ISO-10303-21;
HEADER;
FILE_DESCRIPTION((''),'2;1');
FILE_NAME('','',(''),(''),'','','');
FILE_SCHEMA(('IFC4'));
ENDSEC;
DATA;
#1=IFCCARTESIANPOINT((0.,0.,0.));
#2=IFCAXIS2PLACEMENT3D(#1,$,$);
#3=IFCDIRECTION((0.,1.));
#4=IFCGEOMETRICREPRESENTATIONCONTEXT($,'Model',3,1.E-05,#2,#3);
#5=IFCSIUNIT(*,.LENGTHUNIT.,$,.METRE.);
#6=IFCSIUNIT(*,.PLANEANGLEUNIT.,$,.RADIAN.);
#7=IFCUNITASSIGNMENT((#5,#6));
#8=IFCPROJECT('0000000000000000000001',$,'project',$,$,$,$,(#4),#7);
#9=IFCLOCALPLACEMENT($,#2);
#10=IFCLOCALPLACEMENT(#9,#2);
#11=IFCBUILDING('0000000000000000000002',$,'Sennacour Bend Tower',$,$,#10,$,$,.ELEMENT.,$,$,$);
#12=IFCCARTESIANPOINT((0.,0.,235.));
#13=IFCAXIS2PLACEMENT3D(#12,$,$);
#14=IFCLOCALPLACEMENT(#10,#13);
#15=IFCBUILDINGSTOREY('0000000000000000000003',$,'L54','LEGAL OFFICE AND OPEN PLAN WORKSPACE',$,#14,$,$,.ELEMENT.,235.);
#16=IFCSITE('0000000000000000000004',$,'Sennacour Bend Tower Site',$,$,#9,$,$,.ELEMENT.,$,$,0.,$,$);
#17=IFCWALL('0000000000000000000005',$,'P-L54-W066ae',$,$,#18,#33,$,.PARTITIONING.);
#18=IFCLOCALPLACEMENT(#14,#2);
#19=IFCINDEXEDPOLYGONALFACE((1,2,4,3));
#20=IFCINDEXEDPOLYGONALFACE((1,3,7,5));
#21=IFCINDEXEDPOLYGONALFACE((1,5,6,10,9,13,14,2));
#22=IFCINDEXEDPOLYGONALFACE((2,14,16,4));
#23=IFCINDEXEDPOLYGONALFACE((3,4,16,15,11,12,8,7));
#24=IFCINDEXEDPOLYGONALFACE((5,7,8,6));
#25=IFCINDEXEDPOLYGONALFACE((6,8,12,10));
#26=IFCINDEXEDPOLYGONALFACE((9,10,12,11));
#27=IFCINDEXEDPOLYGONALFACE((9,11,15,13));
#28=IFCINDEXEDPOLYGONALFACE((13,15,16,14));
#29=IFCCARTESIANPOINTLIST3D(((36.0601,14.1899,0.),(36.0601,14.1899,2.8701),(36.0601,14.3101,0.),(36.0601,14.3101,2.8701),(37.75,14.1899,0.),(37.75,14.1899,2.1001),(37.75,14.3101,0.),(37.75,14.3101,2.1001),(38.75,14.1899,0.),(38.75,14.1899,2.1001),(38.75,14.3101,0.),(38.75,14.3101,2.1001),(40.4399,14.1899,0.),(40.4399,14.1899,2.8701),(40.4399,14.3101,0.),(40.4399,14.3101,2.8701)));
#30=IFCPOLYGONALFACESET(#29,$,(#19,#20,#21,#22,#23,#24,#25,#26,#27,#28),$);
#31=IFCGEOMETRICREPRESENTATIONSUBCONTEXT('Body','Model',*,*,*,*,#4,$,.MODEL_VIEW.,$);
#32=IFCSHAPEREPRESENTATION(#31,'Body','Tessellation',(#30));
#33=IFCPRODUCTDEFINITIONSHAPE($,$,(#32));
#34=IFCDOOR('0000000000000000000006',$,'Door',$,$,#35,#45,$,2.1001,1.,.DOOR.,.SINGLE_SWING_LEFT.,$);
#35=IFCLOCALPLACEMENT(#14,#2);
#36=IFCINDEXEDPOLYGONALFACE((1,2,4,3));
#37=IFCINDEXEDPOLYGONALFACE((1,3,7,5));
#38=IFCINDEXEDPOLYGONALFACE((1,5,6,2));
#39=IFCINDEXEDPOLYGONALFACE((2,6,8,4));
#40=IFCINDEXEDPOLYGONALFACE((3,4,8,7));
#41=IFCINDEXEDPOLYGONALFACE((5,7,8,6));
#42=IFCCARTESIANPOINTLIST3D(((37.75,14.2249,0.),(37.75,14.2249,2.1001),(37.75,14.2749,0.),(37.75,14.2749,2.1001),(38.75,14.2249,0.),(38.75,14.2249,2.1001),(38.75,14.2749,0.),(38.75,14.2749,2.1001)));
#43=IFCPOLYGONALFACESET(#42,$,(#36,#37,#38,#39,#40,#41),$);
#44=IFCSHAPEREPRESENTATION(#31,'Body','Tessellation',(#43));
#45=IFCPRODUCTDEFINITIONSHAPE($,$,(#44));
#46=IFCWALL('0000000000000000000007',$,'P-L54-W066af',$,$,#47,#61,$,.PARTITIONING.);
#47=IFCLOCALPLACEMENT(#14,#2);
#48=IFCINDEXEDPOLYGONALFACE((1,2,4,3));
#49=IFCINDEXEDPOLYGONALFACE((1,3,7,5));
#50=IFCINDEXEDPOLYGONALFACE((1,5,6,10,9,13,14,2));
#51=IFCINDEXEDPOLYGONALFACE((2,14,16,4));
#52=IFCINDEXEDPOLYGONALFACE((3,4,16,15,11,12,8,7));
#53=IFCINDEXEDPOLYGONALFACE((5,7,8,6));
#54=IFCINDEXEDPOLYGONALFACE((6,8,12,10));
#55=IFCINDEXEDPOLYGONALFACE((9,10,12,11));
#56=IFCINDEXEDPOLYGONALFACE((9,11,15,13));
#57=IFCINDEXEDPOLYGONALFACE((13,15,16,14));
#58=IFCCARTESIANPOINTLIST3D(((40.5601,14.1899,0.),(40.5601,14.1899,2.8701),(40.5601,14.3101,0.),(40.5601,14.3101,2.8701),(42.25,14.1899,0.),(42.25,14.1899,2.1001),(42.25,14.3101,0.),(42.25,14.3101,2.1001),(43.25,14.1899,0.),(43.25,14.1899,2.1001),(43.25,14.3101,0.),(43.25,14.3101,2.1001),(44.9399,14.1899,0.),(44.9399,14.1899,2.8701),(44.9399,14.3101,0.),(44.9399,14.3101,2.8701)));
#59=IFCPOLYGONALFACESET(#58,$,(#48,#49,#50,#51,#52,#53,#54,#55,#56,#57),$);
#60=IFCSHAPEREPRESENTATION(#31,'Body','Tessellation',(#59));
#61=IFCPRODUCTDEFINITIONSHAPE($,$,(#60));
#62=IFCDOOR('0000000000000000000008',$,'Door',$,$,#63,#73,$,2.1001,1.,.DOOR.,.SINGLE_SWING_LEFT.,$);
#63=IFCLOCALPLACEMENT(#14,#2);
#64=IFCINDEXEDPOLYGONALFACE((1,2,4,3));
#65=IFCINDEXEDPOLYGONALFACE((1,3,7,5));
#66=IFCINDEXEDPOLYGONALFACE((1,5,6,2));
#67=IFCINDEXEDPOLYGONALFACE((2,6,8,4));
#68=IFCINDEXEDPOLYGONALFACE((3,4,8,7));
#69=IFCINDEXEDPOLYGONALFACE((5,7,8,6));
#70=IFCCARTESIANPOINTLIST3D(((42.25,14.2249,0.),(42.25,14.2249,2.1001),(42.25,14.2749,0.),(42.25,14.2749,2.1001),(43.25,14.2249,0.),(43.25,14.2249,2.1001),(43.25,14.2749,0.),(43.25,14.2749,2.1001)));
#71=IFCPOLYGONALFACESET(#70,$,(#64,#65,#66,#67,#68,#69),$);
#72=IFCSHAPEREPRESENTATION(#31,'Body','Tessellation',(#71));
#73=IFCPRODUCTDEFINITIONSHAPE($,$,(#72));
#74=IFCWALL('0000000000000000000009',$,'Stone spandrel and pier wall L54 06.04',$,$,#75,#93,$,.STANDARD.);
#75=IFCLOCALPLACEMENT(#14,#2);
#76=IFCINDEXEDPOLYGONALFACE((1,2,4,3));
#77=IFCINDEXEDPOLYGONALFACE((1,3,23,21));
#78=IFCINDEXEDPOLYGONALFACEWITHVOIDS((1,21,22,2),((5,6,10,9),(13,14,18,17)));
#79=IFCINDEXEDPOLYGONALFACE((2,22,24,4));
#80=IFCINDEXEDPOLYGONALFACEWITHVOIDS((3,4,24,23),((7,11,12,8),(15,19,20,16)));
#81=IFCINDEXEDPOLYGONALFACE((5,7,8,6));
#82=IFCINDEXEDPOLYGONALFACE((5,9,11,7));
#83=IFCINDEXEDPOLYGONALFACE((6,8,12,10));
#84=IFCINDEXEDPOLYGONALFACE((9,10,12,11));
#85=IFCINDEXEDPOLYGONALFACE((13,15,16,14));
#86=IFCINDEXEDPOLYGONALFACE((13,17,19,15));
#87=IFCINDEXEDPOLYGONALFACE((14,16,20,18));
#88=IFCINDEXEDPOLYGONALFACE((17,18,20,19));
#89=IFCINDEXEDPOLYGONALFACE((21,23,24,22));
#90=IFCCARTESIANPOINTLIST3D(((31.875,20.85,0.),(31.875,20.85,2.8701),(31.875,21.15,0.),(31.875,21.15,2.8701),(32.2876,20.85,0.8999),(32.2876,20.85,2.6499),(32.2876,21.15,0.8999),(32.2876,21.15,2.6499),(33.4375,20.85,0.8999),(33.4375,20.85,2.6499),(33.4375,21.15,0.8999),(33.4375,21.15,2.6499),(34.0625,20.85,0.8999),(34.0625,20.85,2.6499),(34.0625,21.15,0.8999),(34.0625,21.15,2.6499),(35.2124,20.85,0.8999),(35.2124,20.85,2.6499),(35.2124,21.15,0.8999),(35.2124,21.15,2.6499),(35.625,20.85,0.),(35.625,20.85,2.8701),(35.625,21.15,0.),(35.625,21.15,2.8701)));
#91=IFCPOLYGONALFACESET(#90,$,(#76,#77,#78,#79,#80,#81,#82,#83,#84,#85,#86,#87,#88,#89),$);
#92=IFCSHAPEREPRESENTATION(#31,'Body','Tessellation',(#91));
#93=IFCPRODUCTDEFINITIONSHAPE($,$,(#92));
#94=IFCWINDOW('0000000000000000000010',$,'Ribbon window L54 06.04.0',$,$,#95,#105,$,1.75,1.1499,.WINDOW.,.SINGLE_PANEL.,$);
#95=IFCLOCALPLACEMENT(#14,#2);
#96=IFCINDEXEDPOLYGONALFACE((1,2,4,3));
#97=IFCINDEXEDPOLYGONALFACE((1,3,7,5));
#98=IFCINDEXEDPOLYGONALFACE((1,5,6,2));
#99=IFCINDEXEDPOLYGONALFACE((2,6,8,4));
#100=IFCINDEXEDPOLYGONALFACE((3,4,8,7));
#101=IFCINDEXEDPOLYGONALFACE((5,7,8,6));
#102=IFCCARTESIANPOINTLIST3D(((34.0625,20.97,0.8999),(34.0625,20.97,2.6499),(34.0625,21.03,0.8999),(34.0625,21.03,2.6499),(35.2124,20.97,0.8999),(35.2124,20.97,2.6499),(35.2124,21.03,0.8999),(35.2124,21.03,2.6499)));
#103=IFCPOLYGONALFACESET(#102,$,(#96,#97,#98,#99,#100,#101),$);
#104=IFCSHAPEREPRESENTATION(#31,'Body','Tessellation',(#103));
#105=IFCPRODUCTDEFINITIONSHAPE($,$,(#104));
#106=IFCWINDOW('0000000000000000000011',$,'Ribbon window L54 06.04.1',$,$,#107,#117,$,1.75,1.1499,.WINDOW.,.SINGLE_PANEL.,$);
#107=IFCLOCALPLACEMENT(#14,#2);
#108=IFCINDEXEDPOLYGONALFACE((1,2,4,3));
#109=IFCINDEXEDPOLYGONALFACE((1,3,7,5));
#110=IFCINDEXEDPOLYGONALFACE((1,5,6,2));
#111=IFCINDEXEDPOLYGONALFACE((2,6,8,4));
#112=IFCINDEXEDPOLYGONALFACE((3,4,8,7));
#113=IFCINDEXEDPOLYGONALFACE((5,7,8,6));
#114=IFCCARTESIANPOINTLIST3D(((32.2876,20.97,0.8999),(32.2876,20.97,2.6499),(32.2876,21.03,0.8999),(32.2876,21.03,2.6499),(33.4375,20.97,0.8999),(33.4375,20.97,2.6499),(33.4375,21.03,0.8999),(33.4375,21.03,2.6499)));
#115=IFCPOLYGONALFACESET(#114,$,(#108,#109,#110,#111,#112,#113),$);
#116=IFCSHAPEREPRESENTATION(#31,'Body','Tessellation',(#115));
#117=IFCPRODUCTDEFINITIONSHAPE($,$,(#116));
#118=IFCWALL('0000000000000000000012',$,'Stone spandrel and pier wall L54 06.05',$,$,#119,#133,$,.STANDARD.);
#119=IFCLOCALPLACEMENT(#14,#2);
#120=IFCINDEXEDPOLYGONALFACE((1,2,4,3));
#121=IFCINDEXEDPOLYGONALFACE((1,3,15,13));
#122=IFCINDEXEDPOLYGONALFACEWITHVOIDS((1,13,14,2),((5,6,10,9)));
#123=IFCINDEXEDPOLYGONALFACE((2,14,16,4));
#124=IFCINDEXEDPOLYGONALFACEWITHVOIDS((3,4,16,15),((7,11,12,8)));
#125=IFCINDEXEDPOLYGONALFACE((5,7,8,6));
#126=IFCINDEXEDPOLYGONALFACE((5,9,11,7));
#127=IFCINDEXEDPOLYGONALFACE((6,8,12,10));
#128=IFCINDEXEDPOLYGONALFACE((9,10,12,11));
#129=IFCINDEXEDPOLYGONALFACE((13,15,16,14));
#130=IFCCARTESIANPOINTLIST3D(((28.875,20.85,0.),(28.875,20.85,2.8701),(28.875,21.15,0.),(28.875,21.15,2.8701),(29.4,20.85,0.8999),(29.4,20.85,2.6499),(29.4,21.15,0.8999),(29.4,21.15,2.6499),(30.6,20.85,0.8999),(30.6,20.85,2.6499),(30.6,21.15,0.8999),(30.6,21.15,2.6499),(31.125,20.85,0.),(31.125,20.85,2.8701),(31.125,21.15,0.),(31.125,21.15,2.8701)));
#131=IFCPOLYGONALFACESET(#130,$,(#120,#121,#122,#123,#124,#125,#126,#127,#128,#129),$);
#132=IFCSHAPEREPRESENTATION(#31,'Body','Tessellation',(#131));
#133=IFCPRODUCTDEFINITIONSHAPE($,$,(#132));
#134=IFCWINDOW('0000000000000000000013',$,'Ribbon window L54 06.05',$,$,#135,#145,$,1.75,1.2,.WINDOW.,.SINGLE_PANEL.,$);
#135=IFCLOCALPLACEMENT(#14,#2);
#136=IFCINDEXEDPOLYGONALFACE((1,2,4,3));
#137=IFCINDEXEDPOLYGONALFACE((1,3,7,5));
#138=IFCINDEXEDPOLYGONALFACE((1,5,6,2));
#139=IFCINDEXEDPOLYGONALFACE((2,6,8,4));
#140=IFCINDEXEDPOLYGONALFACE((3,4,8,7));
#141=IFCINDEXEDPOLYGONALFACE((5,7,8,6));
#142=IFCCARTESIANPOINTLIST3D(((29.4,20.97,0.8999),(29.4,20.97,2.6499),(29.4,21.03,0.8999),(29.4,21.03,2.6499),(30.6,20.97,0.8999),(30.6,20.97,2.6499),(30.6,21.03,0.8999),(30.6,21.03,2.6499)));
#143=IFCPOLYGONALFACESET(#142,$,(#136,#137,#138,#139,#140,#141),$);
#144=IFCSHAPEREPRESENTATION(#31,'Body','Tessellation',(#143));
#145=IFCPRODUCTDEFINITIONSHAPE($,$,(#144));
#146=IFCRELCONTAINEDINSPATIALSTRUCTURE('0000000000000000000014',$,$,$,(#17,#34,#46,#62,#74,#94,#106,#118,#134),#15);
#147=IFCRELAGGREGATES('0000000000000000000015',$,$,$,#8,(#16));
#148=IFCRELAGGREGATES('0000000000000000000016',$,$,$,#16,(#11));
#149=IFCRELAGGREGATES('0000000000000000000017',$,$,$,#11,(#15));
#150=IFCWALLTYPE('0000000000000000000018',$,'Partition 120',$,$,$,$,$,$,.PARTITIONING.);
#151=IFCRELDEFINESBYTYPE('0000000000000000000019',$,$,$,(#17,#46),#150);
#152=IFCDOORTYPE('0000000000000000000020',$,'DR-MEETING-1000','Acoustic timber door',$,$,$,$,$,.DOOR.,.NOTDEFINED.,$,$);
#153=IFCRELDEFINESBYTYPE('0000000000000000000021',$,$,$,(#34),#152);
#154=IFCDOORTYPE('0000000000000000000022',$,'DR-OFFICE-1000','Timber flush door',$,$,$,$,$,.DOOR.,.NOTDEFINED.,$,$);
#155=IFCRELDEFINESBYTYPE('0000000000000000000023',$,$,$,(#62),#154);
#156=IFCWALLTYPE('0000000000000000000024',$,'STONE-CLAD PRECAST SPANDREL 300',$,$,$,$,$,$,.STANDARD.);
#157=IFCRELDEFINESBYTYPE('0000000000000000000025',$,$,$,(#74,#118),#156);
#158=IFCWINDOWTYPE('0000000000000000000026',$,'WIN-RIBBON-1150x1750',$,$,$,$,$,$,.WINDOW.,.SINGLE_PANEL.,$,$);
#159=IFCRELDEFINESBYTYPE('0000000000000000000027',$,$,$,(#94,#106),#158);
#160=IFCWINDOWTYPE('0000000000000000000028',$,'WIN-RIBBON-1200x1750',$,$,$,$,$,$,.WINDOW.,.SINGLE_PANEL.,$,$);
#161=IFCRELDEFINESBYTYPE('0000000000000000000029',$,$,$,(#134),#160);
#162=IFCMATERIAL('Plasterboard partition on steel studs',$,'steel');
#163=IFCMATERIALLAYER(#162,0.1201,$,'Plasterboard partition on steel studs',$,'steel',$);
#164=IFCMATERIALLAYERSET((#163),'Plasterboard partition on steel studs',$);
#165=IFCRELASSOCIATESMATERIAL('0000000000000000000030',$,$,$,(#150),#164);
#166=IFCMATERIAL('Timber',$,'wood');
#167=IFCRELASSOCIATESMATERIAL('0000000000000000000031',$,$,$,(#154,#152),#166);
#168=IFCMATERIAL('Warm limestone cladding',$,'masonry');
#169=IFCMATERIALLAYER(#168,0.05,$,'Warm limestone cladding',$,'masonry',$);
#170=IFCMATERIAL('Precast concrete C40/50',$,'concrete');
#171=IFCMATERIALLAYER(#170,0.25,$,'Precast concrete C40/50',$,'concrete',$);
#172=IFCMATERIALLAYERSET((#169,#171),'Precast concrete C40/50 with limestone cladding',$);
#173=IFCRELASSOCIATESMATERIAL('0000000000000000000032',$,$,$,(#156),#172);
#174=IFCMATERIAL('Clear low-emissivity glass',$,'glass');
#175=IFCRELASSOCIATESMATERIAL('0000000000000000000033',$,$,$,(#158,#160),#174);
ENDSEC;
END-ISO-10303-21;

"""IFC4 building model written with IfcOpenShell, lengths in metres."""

from ifc_helpers import new_model, si_unit, direction, frame, frame_2d, origin, place, context, subcontext, project, spatial, rectangle, extrude, material, layer, layer_set, type_object, element, fill, save


model = new_model("IFC4")

# Units and contexts
model_context = context("Model", 3, precision=1e-05, world=origin(), true_north=direction((0.0, 1.0)))
body_context = subcontext(model_context, "Body", "Model", "MODEL_VIEW")
ifc_project = project(units=[si_unit("LENGTHUNIT", "METRE"), si_unit("PLANEANGLEUNIT", "RADIAN")], contexts=[model_context])

# Site, building, storey
site_placement = place(None, origin())
site = spatial("IfcSite", under=ifc_project, at=site_placement, Name="Sennacour Bend Tower Site", CompositionType="ELEMENT", RefElevation=0.0)
building_placement = place(site_placement, origin())
building = spatial("IfcBuilding", under=site, at=building_placement, Name="Sennacour Bend Tower", CompositionType="ELEMENT")
storey_placement = place(building_placement, frame((0.0, 0.0, 235.0)))
storey = spatial("IfcBuildingStorey", under=building, at=storey_placement, Name="L54", Description="LEGAL OFFICE AND OPEN PLAN WORKSPACE", CompositionType="ELEMENT", Elevation=235.0)

# Shared definitions
ifc_material_1 = material(Name="Plasterboard partition on steel studs", Category="steel")
ifc_layer_1 = layer(ifc_material_1, 0.1201, Name="Plasterboard partition on steel studs", Category="steel")
ifc_layer_set_1 = layer_set([ifc_layer_1], Name="Plasterboard partition on steel studs")
wall_type_1 = type_object("IfcWallType", Name="Partition 120", PredefinedType="PARTITIONING", material=ifc_layer_set_1)

# Shared definitions
ifc_material_2 = material(Name="Timber", Category="wood")
door_type_1 = type_object("IfcDoorType", Name="DR-OFFICE-1000", Description="Timber flush door", OperationType="NOTDEFINED", PredefinedType="DOOR", material=ifc_material_2)

# Walls, openings, doors
wall_1_placement = place(storey_placement, frame((36.0601, 14.25, 0.0), z_axis=(0.0, 0.0, 1.0), x_axis=(1.0, 0.0, 0.0)))
wall_1 = element("IfcWall", 1, at=wall_1_placement, inside=storey, type_object=wall_type_1, Name="P-L54-W066ae", PredefinedType="PARTITIONING", context=body_context, shape_type="SweptSolid", body=[
    extrude(rectangle(XDim=4.3799, YDim=0.1201, at=frame_2d((2.1899, 0.0))), origin(), (0.0, 0.0, 1.0), 2.8701),
])
opening_1_placement = place(wall_1_placement, frame((1.6899, 0.0, 0.0)))
opening_1 = element("IfcOpeningElement", 2, at=opening_1_placement, cuts=wall_1, PredefinedType="OPENING", context=body_context, shape_type="SweptSolid", body=[
    extrude(rectangle(XDim=1.0, YDim=2.1001, at=frame_2d((0.5, 1.05))), frame((0.0, 0.0701, 0.0), z_axis=(0.0, -1.0, 0.0), x_axis=(1.0, 0.0, 0.0)), (0.0, 0.0, 1.0), 0.1401),
])
door_type_2 = type_object("IfcDoorType", Name="DR-MEETING-1000", Description="Acoustic timber door", OperationType="NOTDEFINED", PredefinedType="DOOR", material=ifc_material_2)
door_1_placement = place(opening_1_placement, origin())
door_1 = element("IfcDoor", 3, at=door_1_placement, inside=storey, type_object=door_type_2, Name="Door", OperationType="SINGLE_SWING_LEFT", OverallHeight=2.1001, OverallWidth=1.0, PredefinedType="DOOR", context=body_context, shape_type="SweptSolid", body=[
    extrude(rectangle(XDim=1.0, YDim=2.1001, at=frame_2d((0.5, 1.05))), frame((0.0, 0.0249, 0.0), z_axis=(0.0, -1.0, 0.0), x_axis=(1.0, 0.0, 0.0)), (0.0, 0.0, 1.0), 0.05),
])
fill(opening_1, door_1)
wall_2_placement = place(storey_placement, frame((40.5601, 14.25, 0.0), z_axis=(0.0, 0.0, 1.0), x_axis=(1.0, 0.0, 0.0)))
wall_2 = element("IfcWall", 4, at=wall_2_placement, inside=storey, type_object=wall_type_1, Name="P-L54-W066af", PredefinedType="PARTITIONING", context=body_context, shape_type="SweptSolid", body=[
    extrude(rectangle(XDim=4.3799, YDim=0.1201, at=frame_2d((2.1899, 0.0))), origin(), (0.0, 0.0, 1.0), 2.8701),
])
opening_2_placement = place(wall_2_placement, frame((1.6899, 0.0, 0.0)))
opening_2 = element("IfcOpeningElement", 5, at=opening_2_placement, cuts=wall_2, PredefinedType="OPENING", context=body_context, shape_type="SweptSolid", body=[
    extrude(rectangle(XDim=1.0, YDim=2.1001, at=frame_2d((0.5, 1.05))), frame((0.0, 0.0701, 0.0), z_axis=(0.0, -1.0, 0.0), x_axis=(1.0, 0.0, 0.0)), (0.0, 0.0, 1.0), 0.1401),
])
door_2_placement = place(opening_2_placement, origin())
door_2 = element("IfcDoor", 6, at=door_2_placement, inside=storey, type_object=door_type_1, Name="Door", OperationType="SINGLE_SWING_LEFT", OverallHeight=2.1001, OverallWidth=1.0, PredefinedType="DOOR", context=body_context, shape_type="SweptSolid", body=[
    extrude(rectangle(XDim=1.0, YDim=2.1001, at=frame_2d((0.5, 1.05))), frame((0.0, 0.0249, 0.0), z_axis=(0.0, -1.0, 0.0), x_axis=(1.0, 0.0, 0.0)), (0.0, 0.0, 1.0), 0.05),
])
fill(opening_2, door_2)

# Wall, openings, windows
ifc_material_3 = material(Name="Warm limestone cladding", Category="masonry")
ifc_layer_2 = layer(ifc_material_3, 0.05, Name="Warm limestone cladding", Category="masonry")
ifc_material_4 = material(Name="Precast concrete C40/50", Category="concrete")
ifc_layer_3 = layer(ifc_material_4, 0.25, Name="Precast concrete C40/50", Category="concrete")
ifc_layer_set_2 = layer_set([ifc_layer_2, ifc_layer_3], Name="Precast concrete C40/50 with limestone cladding")
wall_type_2 = type_object("IfcWallType", Name="STONE-CLAD PRECAST SPANDREL 300", PredefinedType="STANDARD", material=ifc_layer_set_2)
wall_3_placement = place(storey_placement, frame((35.625, 21.0, 0.0), z_axis=(0.0, 0.0, 1.0), x_axis=(-1.0, 0.0, 0.0)))
wall_3 = element("IfcWall", 7, at=wall_3_placement, inside=storey, type_object=wall_type_2, Name="Stone spandrel and pier wall L54 06.04", PredefinedType="STANDARD", context=body_context, shape_type="SweptSolid", body=[
    extrude(rectangle(XDim=3.75, YDim=0.3, at=frame_2d((1.875, 0.0))), origin(), (0.0, 0.0, 1.0), 2.8701),
])
opening_3_placement = place(wall_3_placement, frame((0.4126, 0.0, 0.8999)))
opening_3 = element("IfcOpeningElement", 8, at=opening_3_placement, cuts=wall_3, PredefinedType="OPENING", context=body_context, shape_type="SweptSolid", body=[
    extrude(rectangle(XDim=1.1499, YDim=1.75, at=frame_2d((0.575, 0.875))), frame((0.0, 0.1602, 0.0), z_axis=(0.0, -1.0, 0.0), x_axis=(1.0, 0.0, 0.0)), (0.0, 0.0, 1.0), 0.3201),
])
opening_4_placement = place(wall_3_placement, frame((2.1875, 0.0, 0.8999)))
opening_4 = element("IfcOpeningElement", 9, at=opening_4_placement, cuts=wall_3, PredefinedType="OPENING", context=body_context, shape_type="SweptSolid", body=[
    extrude(rectangle(XDim=1.1499, YDim=1.75, at=frame_2d((0.575, 0.875))), frame((0.0, 0.1602, 0.0), z_axis=(0.0, -1.0, 0.0), x_axis=(1.0, 0.0, 0.0)), (0.0, 0.0, 1.0), 0.3201),
])
ifc_material_5 = material(Name="Clear low-emissivity glass", Category="glass")
window_type_1 = type_object("IfcWindowType", Name="WIN-RIBBON-1150x1750", PartitioningType="SINGLE_PANEL", PredefinedType="WINDOW", material=ifc_material_5)
window_1_placement = place(opening_3_placement, origin())
window_1 = element("IfcWindow", 10, at=window_1_placement, inside=storey, type_object=window_type_1, Name="Ribbon window L54 06.04.0", OverallHeight=1.75, OverallWidth=1.1499, PartitioningType="SINGLE_PANEL", PredefinedType="WINDOW", context=body_context, shape_type="SweptSolid", body=[
    extrude(rectangle(XDim=1.1499, YDim=1.75, at=frame_2d((0.575, 0.875))), frame((0.0, 0.03, 0.0), z_axis=(0.0, -1.0, 0.0), x_axis=(1.0, 0.0, 0.0)), (0.0, 0.0, 1.0), 0.0601),
])
fill(opening_3, window_1)
window_2_placement = place(opening_4_placement, origin())
window_2 = element("IfcWindow", 11, at=window_2_placement, inside=storey, type_object=window_type_1, Name="Ribbon window L54 06.04.1", OverallHeight=1.75, OverallWidth=1.1499, PartitioningType="SINGLE_PANEL", PredefinedType="WINDOW", context=body_context, shape_type="SweptSolid", body=[
    extrude(rectangle(XDim=1.1499, YDim=1.75, at=frame_2d((0.575, 0.875))), frame((0.0, 0.03, 0.0), z_axis=(0.0, -1.0, 0.0), x_axis=(1.0, 0.0, 0.0)), (0.0, 0.0, 1.0), 0.0601),
])
fill(opening_4, window_2)

# Wall, opening, window
wall_4_placement = place(storey_placement, frame((31.125, 21.0, 0.0), z_axis=(0.0, 0.0, 1.0), x_axis=(-1.0, 0.0, 0.0)))
wall_4 = element("IfcWall", 12, at=wall_4_placement, inside=storey, type_object=wall_type_2, Name="Stone spandrel and pier wall L54 06.05", PredefinedType="STANDARD", context=body_context, shape_type="SweptSolid", body=[
    extrude(rectangle(XDim=2.25, YDim=0.3, at=frame_2d((1.125, 0.0))), origin(), (0.0, 0.0, 1.0), 2.8701),
])
opening_5_placement = place(wall_4_placement, frame((0.5249, 0.0, 0.8999)))
opening_5 = element("IfcOpeningElement", 13, at=opening_5_placement, cuts=wall_4, PredefinedType="OPENING", context=body_context, shape_type="SweptSolid", body=[
    extrude(rectangle(XDim=1.2, YDim=1.75, at=frame_2d((0.6001, 0.875))), frame((0.0, 0.1602, 0.0), z_axis=(0.0, -1.0, 0.0), x_axis=(1.0, 0.0, 0.0)), (0.0, 0.0, 1.0), 0.3201),
])
window_type_2 = type_object("IfcWindowType", Name="WIN-RIBBON-1200x1750", PartitioningType="SINGLE_PANEL", PredefinedType="WINDOW", material=ifc_material_5)
window_3_placement = place(opening_5_placement, origin())
window_3 = element("IfcWindow", 14, at=window_3_placement, inside=storey, type_object=window_type_2, Name="Ribbon window L54 06.05", OverallHeight=1.75, OverallWidth=1.2, PartitioningType="SINGLE_PANEL", PredefinedType="WINDOW", context=body_context, shape_type="SweptSolid", body=[
    extrude(rectangle(XDim=1.2, YDim=1.75, at=frame_2d((0.6001, 0.875))), frame((0.0, 0.03, 0.0), z_axis=(0.0, -1.0, 0.0), x_axis=(1.0, 0.0, 0.0)), (0.0, 0.0, 1.0), 0.0601),
])
fill(opening_5, window_3)

save(model, "model.ifc")
